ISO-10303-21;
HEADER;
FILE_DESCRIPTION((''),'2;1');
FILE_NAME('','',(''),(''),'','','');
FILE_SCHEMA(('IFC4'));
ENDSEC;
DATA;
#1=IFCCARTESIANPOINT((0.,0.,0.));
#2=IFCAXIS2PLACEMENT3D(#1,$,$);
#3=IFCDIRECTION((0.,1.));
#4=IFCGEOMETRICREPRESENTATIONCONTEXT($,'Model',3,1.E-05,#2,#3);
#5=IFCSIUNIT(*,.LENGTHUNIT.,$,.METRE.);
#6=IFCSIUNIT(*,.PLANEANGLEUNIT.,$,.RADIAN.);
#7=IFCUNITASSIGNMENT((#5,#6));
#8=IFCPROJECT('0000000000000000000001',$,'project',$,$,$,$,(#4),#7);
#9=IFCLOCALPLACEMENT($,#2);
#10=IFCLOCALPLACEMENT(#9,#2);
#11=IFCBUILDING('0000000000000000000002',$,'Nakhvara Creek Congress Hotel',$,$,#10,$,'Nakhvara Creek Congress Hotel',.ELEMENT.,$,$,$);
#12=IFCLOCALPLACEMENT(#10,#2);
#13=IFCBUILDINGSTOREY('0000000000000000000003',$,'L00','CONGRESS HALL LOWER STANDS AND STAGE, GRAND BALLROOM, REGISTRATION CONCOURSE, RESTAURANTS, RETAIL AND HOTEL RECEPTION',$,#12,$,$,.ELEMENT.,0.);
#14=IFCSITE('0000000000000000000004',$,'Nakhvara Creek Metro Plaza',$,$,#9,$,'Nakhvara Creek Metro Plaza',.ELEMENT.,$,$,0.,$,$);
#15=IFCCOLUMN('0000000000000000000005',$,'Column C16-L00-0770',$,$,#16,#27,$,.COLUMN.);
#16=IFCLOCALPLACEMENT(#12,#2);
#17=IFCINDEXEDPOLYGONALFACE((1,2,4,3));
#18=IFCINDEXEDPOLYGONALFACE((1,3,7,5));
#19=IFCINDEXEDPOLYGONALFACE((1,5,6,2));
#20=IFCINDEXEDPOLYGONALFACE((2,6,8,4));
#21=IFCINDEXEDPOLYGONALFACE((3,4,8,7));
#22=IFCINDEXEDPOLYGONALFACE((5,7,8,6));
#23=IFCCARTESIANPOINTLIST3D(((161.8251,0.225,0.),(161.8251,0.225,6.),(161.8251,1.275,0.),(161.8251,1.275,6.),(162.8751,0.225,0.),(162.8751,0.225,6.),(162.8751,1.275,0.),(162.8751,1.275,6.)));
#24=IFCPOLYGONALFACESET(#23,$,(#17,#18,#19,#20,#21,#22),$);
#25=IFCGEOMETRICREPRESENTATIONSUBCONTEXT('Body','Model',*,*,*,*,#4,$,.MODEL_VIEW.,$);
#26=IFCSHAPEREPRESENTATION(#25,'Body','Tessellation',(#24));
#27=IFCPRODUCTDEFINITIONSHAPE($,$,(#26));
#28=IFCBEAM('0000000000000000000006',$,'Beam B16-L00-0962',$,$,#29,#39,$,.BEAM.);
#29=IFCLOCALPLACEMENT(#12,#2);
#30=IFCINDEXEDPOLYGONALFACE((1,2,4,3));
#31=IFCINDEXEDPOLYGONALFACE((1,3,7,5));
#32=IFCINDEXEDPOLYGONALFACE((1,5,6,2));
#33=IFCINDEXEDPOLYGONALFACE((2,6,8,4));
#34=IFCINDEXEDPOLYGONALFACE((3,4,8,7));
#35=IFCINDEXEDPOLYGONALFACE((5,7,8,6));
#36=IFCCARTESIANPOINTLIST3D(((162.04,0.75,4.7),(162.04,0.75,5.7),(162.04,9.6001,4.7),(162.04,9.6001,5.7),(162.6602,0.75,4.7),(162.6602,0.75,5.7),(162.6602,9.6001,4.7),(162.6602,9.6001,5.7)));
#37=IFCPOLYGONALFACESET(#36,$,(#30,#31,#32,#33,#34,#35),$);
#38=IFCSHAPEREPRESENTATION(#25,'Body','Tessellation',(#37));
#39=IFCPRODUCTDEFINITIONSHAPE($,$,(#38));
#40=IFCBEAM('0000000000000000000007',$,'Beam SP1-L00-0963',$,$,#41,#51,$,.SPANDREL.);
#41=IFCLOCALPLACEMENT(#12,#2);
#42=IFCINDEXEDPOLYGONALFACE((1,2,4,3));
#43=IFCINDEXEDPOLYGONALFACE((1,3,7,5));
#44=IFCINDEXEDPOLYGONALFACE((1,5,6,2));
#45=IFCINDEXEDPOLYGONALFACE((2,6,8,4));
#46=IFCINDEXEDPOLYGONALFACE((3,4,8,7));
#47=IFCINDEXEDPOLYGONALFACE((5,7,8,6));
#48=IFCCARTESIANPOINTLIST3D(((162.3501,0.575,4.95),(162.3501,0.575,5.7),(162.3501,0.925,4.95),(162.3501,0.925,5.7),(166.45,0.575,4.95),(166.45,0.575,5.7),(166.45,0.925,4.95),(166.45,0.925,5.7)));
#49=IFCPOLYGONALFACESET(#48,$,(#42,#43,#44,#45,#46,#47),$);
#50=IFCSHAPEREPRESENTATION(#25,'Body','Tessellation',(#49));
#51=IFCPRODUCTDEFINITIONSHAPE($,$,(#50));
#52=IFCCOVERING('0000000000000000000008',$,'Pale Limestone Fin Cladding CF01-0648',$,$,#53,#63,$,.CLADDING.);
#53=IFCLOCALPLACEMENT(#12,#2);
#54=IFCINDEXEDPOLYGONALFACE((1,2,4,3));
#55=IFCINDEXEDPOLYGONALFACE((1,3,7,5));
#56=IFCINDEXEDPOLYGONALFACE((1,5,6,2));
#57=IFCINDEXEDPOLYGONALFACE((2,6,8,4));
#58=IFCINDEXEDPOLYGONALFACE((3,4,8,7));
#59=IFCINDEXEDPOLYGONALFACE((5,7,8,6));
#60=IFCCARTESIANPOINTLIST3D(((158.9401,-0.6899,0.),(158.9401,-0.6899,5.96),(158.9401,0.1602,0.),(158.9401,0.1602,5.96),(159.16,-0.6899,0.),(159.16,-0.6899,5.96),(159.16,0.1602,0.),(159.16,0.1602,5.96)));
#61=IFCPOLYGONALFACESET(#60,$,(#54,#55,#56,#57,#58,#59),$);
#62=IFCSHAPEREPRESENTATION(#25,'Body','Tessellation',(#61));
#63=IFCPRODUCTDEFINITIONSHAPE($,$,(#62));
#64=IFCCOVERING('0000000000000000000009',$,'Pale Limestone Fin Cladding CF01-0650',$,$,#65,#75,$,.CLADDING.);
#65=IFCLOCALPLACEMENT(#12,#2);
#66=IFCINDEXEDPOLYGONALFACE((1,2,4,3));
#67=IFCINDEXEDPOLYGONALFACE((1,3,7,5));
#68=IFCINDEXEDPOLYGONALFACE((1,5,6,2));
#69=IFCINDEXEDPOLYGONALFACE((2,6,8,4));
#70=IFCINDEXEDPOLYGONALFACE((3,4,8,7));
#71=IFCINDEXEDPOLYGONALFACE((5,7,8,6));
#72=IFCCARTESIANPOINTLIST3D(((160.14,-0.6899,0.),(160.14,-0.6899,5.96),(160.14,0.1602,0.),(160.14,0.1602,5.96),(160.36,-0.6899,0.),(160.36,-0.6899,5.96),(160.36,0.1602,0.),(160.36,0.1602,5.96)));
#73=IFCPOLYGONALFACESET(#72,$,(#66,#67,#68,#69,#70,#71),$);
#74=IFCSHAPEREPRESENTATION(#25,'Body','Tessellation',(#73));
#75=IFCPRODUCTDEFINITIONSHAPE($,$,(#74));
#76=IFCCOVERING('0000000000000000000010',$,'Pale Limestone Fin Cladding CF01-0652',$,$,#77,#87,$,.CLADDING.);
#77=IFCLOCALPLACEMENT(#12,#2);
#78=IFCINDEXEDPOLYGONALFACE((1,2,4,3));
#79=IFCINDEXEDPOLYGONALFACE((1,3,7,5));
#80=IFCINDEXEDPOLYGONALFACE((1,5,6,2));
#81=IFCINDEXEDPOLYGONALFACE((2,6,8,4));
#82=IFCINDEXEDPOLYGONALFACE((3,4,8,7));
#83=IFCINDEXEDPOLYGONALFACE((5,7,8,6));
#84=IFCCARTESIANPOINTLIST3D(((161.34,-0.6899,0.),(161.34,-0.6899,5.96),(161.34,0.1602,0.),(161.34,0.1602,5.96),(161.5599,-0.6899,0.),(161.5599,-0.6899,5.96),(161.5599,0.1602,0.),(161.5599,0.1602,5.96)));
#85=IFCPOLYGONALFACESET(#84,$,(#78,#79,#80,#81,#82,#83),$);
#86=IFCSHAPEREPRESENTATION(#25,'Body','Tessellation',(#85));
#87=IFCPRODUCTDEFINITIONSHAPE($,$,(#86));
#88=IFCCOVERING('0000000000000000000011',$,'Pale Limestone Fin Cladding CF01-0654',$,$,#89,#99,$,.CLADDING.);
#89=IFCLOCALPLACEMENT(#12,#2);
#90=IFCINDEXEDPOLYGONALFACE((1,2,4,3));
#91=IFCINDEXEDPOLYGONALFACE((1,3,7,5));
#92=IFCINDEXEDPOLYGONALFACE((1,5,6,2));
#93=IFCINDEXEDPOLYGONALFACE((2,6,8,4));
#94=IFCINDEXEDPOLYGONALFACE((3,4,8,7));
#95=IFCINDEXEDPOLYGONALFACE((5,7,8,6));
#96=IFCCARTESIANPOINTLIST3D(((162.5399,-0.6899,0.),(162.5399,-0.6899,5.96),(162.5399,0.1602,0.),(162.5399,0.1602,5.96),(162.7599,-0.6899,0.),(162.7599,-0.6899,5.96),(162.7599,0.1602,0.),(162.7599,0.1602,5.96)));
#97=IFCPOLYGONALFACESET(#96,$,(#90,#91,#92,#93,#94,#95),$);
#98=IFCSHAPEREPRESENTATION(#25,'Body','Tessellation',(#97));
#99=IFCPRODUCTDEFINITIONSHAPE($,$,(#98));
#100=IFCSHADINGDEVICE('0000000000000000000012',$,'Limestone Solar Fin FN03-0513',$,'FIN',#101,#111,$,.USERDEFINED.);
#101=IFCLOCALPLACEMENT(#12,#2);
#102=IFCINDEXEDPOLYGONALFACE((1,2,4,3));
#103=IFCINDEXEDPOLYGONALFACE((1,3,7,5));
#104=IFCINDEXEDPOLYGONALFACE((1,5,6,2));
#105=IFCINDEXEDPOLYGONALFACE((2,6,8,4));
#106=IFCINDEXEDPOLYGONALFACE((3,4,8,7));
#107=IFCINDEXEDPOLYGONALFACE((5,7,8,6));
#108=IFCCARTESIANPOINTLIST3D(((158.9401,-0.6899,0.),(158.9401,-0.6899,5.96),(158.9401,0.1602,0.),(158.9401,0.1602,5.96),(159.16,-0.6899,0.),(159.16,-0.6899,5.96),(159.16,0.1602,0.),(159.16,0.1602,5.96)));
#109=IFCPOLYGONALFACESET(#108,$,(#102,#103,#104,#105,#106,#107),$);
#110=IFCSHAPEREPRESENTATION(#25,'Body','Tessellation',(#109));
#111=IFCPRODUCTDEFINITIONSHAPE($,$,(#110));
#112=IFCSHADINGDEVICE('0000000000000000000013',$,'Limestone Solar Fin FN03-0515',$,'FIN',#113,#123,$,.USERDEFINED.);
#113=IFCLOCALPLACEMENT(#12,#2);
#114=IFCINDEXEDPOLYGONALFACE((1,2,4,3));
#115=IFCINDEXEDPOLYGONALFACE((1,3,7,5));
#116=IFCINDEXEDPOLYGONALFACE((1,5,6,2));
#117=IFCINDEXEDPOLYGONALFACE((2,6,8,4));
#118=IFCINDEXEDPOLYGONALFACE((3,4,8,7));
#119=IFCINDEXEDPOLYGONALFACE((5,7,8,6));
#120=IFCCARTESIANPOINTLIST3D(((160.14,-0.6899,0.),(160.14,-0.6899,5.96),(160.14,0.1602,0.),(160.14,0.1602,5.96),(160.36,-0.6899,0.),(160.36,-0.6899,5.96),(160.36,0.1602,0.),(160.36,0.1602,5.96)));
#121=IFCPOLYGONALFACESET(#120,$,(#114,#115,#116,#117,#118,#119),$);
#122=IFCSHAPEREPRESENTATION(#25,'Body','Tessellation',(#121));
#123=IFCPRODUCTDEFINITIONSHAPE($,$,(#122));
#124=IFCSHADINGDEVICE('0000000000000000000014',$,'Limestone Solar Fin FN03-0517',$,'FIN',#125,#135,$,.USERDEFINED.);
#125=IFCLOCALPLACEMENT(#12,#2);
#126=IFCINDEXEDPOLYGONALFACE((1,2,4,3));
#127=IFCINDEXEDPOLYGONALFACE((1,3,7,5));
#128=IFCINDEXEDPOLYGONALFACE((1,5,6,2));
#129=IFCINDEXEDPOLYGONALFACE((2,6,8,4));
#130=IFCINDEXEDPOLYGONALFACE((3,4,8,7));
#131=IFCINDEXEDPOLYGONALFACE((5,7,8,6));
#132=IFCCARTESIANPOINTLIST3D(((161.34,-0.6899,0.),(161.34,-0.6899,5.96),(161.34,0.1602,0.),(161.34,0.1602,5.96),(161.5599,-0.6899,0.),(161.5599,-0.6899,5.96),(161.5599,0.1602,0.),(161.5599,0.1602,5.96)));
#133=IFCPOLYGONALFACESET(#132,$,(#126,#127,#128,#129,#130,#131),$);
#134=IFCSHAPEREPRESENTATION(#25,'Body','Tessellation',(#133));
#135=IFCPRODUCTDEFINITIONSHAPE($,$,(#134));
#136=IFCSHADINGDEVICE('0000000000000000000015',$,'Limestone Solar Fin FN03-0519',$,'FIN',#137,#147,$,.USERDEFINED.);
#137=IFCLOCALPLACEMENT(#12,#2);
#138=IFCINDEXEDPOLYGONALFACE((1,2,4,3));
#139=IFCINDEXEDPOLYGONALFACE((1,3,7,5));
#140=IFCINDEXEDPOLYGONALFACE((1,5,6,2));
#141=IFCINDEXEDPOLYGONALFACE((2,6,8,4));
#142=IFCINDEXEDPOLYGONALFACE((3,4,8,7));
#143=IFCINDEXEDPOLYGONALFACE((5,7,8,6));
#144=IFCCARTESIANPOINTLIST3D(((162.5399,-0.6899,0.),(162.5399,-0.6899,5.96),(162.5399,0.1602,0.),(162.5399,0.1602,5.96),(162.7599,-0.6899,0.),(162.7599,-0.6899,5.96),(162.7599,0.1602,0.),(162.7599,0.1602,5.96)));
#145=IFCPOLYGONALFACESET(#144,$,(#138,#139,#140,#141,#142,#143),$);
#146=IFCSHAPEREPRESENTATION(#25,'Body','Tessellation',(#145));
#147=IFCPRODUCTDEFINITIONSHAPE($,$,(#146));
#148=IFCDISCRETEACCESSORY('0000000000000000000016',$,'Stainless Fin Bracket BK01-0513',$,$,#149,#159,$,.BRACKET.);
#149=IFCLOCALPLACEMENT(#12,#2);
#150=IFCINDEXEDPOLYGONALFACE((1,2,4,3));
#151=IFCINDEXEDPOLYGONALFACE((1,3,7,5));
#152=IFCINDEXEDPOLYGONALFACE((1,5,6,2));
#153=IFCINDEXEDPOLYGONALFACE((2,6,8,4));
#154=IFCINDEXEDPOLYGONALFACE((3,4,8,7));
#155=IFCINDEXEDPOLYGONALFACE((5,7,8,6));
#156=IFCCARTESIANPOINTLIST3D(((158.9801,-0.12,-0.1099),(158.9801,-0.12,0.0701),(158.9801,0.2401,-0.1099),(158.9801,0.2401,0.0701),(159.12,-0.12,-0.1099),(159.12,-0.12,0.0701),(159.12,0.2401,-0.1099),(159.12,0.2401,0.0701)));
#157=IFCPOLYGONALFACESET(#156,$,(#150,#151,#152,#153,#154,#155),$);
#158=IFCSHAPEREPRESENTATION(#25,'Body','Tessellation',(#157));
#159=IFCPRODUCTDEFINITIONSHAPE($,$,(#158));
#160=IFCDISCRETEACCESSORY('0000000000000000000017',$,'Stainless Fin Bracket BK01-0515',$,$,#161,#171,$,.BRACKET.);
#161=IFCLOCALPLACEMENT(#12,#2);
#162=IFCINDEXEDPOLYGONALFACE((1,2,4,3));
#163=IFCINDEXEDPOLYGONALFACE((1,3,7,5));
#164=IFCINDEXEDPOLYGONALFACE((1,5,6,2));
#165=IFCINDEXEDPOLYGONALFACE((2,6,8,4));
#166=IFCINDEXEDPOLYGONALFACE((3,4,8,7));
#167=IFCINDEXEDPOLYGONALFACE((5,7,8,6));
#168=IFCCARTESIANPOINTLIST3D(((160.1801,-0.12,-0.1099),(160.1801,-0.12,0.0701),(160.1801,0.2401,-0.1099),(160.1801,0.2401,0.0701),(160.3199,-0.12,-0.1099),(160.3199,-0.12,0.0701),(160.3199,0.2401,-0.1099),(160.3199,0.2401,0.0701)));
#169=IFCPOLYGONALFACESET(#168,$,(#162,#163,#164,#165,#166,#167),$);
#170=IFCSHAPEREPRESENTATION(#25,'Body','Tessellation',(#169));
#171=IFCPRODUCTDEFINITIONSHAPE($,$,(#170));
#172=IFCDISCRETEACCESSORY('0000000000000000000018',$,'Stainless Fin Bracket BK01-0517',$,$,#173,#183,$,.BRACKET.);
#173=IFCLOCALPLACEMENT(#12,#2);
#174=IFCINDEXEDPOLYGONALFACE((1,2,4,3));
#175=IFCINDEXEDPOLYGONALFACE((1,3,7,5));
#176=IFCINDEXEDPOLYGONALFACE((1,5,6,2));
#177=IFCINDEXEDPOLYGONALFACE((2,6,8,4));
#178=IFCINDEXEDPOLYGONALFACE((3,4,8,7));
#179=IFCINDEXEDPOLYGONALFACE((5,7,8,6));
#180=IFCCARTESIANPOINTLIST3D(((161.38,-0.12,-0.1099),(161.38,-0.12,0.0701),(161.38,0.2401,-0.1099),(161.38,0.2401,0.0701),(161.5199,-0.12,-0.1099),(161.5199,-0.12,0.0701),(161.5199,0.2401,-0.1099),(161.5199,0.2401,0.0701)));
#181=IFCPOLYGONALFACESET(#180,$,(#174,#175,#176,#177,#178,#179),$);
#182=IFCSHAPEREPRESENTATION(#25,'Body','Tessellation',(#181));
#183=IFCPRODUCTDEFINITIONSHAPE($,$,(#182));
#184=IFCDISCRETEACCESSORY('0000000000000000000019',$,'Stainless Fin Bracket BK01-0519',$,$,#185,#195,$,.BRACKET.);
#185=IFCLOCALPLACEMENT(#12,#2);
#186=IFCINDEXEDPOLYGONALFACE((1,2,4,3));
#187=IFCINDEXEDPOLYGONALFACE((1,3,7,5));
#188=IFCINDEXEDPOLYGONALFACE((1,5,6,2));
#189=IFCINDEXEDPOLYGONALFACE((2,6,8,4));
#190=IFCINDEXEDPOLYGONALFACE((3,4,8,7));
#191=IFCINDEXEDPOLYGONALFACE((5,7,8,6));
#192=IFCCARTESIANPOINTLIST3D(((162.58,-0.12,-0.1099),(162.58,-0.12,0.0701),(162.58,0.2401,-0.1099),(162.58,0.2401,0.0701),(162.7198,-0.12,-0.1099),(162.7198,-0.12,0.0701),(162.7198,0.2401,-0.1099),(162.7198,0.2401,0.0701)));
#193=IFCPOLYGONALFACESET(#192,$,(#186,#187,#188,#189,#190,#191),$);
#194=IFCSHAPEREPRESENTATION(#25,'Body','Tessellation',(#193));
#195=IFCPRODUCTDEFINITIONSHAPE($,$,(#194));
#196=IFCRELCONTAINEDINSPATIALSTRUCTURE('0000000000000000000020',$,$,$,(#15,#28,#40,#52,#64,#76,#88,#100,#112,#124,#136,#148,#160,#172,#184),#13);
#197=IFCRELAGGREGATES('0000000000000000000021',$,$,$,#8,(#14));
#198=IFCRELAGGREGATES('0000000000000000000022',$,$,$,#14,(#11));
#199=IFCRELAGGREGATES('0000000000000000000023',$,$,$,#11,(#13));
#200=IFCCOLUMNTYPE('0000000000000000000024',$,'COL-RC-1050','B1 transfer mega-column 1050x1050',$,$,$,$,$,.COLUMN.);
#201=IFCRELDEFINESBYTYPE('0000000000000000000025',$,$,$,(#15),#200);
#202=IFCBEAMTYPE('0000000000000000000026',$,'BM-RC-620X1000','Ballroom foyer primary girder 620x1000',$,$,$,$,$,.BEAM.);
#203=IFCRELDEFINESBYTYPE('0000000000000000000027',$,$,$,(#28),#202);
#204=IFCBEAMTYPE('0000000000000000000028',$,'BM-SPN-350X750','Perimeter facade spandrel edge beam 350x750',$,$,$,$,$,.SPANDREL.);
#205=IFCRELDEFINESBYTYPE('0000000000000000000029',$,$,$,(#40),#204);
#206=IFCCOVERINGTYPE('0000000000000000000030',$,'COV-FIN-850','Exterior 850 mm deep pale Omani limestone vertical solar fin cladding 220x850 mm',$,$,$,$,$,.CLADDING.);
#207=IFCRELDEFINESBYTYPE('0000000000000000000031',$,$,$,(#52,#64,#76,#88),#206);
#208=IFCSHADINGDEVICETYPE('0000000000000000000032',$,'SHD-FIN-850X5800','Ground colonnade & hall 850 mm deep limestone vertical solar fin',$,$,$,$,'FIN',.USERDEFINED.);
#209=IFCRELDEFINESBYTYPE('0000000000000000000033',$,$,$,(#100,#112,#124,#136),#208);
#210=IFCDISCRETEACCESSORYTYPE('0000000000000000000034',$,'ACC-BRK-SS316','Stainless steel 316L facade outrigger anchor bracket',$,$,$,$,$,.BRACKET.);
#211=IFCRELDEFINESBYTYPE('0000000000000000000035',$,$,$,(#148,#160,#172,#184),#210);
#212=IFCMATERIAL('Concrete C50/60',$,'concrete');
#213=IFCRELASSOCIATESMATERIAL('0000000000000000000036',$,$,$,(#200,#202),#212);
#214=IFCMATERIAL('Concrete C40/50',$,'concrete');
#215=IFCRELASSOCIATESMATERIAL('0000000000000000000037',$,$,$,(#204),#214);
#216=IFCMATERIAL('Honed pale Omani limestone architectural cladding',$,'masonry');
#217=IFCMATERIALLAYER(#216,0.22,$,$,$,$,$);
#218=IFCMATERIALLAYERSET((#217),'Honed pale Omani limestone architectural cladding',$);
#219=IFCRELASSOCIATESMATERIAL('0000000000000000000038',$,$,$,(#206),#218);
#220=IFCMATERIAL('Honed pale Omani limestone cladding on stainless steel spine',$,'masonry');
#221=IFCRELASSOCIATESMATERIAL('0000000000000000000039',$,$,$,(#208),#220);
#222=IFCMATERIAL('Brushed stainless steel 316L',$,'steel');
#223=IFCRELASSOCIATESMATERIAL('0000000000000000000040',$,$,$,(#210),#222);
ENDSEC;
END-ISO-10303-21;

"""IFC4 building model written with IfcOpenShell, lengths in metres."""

from ifc_helpers import new_model, si_unit, direction, frame, origin, origin_2d, place, context, subcontext, project, spatial, rectangle, extrude, material, layer, layer_set, material_profile, profile_set, type_object, element, save


model = new_model("IFC4")

# Units and contexts
model_context = context("Model", 3, precision=1e-05, world=origin(), true_north=direction((0.0, 1.0)))
body_context = subcontext(model_context, "Body", "Model", "MODEL_VIEW")
ifc_project = project(units=[si_unit("LENGTHUNIT", "METRE"), si_unit("PLANEANGLEUNIT", "RADIAN")], contexts=[model_context])

# Site, building, storey
site_placement = place(None, origin())
site = spatial("IfcSite", under=ifc_project, at=site_placement, Name="Nakhvara Creek Metro Plaza", LongName="Nakhvara Creek Metro Plaza", CompositionType="ELEMENT", RefElevation=0.0)
building_placement = place(site_placement, origin())
building = spatial("IfcBuilding", under=site, at=building_placement, Name="Nakhvara Creek Congress Hotel", LongName="Nakhvara Creek Congress Hotel", CompositionType="ELEMENT")
storey_placement = place(building_placement, origin())
storey = spatial("IfcBuildingStorey", under=building, at=storey_placement, Name="L00", Description="CONGRESS HALL LOWER STANDS AND STAGE, GRAND BALLROOM, REGISTRATION CONCOURSE, RESTAURANTS, RETAIL AND HOTEL RECEPTION", CompositionType="ELEMENT", Elevation=0.0)

# Column
ifc_material_1 = material(Name="Concrete C50/60", Category="concrete")
ifc_material_profile_1 = material_profile(ifc_material_1, rectangle(XDim=1.05, YDim=1.05, at=origin_2d()), Name="RC-COL 1050x1050", Category="LoadBearing")
ifc_profile_set_1 = profile_set([ifc_material_profile_1], Name="Concrete C50/60")
column_type = type_object("IfcColumnType", Name="COL-RC-1050", Description="B1 transfer mega-column 1050x1050", PredefinedType="COLUMN", material=ifc_profile_set_1)
column_placement = place(storey_placement, frame((162.3501, 0.75, 0.0), z_axis=(0.0, 0.0, 1.0), x_axis=(1.0, 0.0, 0.0)))
element("IfcColumn", 1, at=column_placement, inside=storey, type_object=column_type, Name="Column C16-L00-0770", PredefinedType="COLUMN", context=body_context, shape_type="SweptSolid", body=[
    extrude(rectangle(XDim=1.05, YDim=1.05, at=origin_2d()), origin(), (0.0, 0.0, 1.0), 6.0),
])

# Beams
ifc_material_profile_2 = material_profile(ifc_material_1, rectangle(XDim=0.6201, YDim=1.0, at=origin_2d()), Name="RC-BM 620x1000", Category="LoadBearing")
ifc_profile_set_2 = profile_set([ifc_material_profile_2], Name="Concrete C50/60")
beam_type_1 = type_object("IfcBeamType", Name="BM-RC-620X1000", Description="Ballroom foyer primary girder 620x1000", PredefinedType="BEAM", material=ifc_profile_set_2)
beam_1_placement = place(storey_placement, frame((162.3501, 0.75, 5.2), z_axis=(0.0, 1.0, 0.0), x_axis=(-1.0, 0.0, 0.0)))
element("IfcBeam", 2, at=beam_1_placement, inside=storey, type_object=beam_type_1, Name="Beam B16-L00-0962", PredefinedType="BEAM", context=body_context, shape_type="SweptSolid", body=[
    extrude(rectangle(XDim=0.6201, YDim=1.0, at=origin_2d()), origin(), (0.0, 0.0, 1.0), 8.8501),
])
ifc_material_2 = material(Name="Concrete C40/50", Category="concrete")
ifc_material_profile_3 = material_profile(ifc_material_2, rectangle(XDim=0.3501, YDim=0.75, at=origin_2d()), Name="RC-SPANDREL 350x750", Category="LoadBearing")
ifc_profile_set_3 = profile_set([ifc_material_profile_3], Name="Concrete C40/50")
beam_type_2 = type_object("IfcBeamType", Name="BM-SPN-350X750", Description="Perimeter facade spandrel edge beam 350x750", PredefinedType="SPANDREL", material=ifc_profile_set_3)
beam_2_placement = place(storey_placement, frame((162.3501, 0.75, 5.325), z_axis=(1.0, 0.0, 0.0), x_axis=(0.0, 1.0, 0.0)))
element("IfcBeam", 3, at=beam_2_placement, inside=storey, type_object=beam_type_2, Name="Beam SP1-L00-0963", PredefinedType="SPANDREL", context=body_context, shape_type="SweptSolid", body=[
    extrude(rectangle(XDim=0.3501, YDim=0.75, at=origin_2d()), origin(), (0.0, 0.0, 1.0), 4.0999),
])

# Coverings
ifc_material_3 = material(Name="Honed pale Omani limestone architectural cladding", Category="masonry")
ifc_layer = layer(ifc_material_3, 0.22)
ifc_layer_set = layer_set([ifc_layer], Name="Honed pale Omani limestone architectural cladding")
covering_type = type_object("IfcCoveringType", Name="COV-FIN-850", Description="Exterior 850 mm deep pale Omani limestone vertical solar fin cladding 220x850 mm", PredefinedType="CLADDING", material=ifc_layer_set)
for number, where, z_axis, x_axis, name in (
    (4, (159.05, -0.2649, 0.0), (0.0, 0.0, 1.0), (1.0, 0.0, 0.0), "Pale Limestone Fin Cladding CF01-0648"),
    (5, (160.25, -0.2649, 0.0), (0.0, 0.0, 1.0), (1.0, 0.0, 0.0), "Pale Limestone Fin Cladding CF01-0650"),
    (6, (161.45, -0.2649, 0.0), (0.0, 0.0, 1.0), (1.0, 0.0, 0.0), "Pale Limestone Fin Cladding CF01-0652"),
    (7, (162.6499, -0.2649, 0.0), (0.0, 0.0, 1.0), (1.0, 0.0, 0.0), "Pale Limestone Fin Cladding CF01-0654"),
):
    element("IfcCovering", number, at=place(storey_placement, frame(where, z_axis=z_axis, x_axis=x_axis)), inside=storey, type_object=covering_type, Name=name, PredefinedType="CLADDING", context=body_context, shape_type="SweptSolid", body=[
        extrude(rectangle(XDim=0.22, YDim=0.8501, at=origin_2d()), origin(), (0.0, 0.0, 1.0), 5.96),
    ])

# Shading devices
ifc_material_4 = material(Name="Honed pale Omani limestone cladding on stainless steel spine", Category="masonry")
shading_device_type = type_object("IfcShadingDeviceType", Name="SHD-FIN-850X5800", Description="Ground colonnade & hall 850 mm deep limestone vertical solar fin", ElementType="FIN", PredefinedType="USERDEFINED", material=ifc_material_4)
for number, where, z_axis, x_axis, name in (
    (8, (159.05, -0.2649, 0.0), (0.0, 0.0, 1.0), (1.0, 0.0, 0.0), "Limestone Solar Fin FN03-0513"),
    (9, (160.25, -0.2649, 0.0), (0.0, 0.0, 1.0), (1.0, 0.0, 0.0), "Limestone Solar Fin FN03-0515"),
    (10, (161.45, -0.2649, 0.0), (0.0, 0.0, 1.0), (1.0, 0.0, 0.0), "Limestone Solar Fin FN03-0517"),
    (11, (162.6499, -0.2649, 0.0), (0.0, 0.0, 1.0), (1.0, 0.0, 0.0), "Limestone Solar Fin FN03-0519"),
):
    element("IfcShadingDevice", number, at=place(storey_placement, frame(where, z_axis=z_axis, x_axis=x_axis)), inside=storey, type_object=shading_device_type, Name=name, ObjectType="FIN", PredefinedType="USERDEFINED", context=body_context, shape_type="SweptSolid", body=[
        extrude(rectangle(XDim=0.22, YDim=0.8501, at=origin_2d()), origin(), (0.0, 0.0, 1.0), 5.96),
    ])

# Discrete accessories
ifc_material_5 = material(Name="Brushed stainless steel 316L", Category="steel")
discrete_accessory_type = type_object("IfcDiscreteAccessoryType", Name="ACC-BRK-SS316", Description="Stainless steel 316L facade outrigger anchor bracket", PredefinedType="BRACKET", material=ifc_material_5)
for number, where, z_axis, x_axis, name in (
    (12, (159.05, 0.0601, -0.1099), (0.0, 0.0, 1.0), (1.0, 0.0, 0.0), "Stainless Fin Bracket BK01-0513"),
    (13, (160.25, 0.0601, -0.1099), (0.0, 0.0, 1.0), (1.0, 0.0, 0.0), "Stainless Fin Bracket BK01-0515"),
    (14, (161.45, 0.0601, -0.1099), (0.0, 0.0, 1.0), (1.0, 0.0, 0.0), "Stainless Fin Bracket BK01-0517"),
    (15, (162.6499, 0.0601, -0.1099), (0.0, 0.0, 1.0), (1.0, 0.0, 0.0), "Stainless Fin Bracket BK01-0519"),
):
    element("IfcDiscreteAccessory", number, at=place(storey_placement, frame(where, z_axis=z_axis, x_axis=x_axis)), inside=storey, type_object=discrete_accessory_type, Name=name, PredefinedType="BRACKET", context=body_context, shape_type="SweptSolid", body=[
        extrude(rectangle(XDim=0.1399, YDim=0.3601, at=origin_2d()), origin(), (0.0, 0.0, 1.0), 0.1799),
    ])

save(model, "model.ifc")
